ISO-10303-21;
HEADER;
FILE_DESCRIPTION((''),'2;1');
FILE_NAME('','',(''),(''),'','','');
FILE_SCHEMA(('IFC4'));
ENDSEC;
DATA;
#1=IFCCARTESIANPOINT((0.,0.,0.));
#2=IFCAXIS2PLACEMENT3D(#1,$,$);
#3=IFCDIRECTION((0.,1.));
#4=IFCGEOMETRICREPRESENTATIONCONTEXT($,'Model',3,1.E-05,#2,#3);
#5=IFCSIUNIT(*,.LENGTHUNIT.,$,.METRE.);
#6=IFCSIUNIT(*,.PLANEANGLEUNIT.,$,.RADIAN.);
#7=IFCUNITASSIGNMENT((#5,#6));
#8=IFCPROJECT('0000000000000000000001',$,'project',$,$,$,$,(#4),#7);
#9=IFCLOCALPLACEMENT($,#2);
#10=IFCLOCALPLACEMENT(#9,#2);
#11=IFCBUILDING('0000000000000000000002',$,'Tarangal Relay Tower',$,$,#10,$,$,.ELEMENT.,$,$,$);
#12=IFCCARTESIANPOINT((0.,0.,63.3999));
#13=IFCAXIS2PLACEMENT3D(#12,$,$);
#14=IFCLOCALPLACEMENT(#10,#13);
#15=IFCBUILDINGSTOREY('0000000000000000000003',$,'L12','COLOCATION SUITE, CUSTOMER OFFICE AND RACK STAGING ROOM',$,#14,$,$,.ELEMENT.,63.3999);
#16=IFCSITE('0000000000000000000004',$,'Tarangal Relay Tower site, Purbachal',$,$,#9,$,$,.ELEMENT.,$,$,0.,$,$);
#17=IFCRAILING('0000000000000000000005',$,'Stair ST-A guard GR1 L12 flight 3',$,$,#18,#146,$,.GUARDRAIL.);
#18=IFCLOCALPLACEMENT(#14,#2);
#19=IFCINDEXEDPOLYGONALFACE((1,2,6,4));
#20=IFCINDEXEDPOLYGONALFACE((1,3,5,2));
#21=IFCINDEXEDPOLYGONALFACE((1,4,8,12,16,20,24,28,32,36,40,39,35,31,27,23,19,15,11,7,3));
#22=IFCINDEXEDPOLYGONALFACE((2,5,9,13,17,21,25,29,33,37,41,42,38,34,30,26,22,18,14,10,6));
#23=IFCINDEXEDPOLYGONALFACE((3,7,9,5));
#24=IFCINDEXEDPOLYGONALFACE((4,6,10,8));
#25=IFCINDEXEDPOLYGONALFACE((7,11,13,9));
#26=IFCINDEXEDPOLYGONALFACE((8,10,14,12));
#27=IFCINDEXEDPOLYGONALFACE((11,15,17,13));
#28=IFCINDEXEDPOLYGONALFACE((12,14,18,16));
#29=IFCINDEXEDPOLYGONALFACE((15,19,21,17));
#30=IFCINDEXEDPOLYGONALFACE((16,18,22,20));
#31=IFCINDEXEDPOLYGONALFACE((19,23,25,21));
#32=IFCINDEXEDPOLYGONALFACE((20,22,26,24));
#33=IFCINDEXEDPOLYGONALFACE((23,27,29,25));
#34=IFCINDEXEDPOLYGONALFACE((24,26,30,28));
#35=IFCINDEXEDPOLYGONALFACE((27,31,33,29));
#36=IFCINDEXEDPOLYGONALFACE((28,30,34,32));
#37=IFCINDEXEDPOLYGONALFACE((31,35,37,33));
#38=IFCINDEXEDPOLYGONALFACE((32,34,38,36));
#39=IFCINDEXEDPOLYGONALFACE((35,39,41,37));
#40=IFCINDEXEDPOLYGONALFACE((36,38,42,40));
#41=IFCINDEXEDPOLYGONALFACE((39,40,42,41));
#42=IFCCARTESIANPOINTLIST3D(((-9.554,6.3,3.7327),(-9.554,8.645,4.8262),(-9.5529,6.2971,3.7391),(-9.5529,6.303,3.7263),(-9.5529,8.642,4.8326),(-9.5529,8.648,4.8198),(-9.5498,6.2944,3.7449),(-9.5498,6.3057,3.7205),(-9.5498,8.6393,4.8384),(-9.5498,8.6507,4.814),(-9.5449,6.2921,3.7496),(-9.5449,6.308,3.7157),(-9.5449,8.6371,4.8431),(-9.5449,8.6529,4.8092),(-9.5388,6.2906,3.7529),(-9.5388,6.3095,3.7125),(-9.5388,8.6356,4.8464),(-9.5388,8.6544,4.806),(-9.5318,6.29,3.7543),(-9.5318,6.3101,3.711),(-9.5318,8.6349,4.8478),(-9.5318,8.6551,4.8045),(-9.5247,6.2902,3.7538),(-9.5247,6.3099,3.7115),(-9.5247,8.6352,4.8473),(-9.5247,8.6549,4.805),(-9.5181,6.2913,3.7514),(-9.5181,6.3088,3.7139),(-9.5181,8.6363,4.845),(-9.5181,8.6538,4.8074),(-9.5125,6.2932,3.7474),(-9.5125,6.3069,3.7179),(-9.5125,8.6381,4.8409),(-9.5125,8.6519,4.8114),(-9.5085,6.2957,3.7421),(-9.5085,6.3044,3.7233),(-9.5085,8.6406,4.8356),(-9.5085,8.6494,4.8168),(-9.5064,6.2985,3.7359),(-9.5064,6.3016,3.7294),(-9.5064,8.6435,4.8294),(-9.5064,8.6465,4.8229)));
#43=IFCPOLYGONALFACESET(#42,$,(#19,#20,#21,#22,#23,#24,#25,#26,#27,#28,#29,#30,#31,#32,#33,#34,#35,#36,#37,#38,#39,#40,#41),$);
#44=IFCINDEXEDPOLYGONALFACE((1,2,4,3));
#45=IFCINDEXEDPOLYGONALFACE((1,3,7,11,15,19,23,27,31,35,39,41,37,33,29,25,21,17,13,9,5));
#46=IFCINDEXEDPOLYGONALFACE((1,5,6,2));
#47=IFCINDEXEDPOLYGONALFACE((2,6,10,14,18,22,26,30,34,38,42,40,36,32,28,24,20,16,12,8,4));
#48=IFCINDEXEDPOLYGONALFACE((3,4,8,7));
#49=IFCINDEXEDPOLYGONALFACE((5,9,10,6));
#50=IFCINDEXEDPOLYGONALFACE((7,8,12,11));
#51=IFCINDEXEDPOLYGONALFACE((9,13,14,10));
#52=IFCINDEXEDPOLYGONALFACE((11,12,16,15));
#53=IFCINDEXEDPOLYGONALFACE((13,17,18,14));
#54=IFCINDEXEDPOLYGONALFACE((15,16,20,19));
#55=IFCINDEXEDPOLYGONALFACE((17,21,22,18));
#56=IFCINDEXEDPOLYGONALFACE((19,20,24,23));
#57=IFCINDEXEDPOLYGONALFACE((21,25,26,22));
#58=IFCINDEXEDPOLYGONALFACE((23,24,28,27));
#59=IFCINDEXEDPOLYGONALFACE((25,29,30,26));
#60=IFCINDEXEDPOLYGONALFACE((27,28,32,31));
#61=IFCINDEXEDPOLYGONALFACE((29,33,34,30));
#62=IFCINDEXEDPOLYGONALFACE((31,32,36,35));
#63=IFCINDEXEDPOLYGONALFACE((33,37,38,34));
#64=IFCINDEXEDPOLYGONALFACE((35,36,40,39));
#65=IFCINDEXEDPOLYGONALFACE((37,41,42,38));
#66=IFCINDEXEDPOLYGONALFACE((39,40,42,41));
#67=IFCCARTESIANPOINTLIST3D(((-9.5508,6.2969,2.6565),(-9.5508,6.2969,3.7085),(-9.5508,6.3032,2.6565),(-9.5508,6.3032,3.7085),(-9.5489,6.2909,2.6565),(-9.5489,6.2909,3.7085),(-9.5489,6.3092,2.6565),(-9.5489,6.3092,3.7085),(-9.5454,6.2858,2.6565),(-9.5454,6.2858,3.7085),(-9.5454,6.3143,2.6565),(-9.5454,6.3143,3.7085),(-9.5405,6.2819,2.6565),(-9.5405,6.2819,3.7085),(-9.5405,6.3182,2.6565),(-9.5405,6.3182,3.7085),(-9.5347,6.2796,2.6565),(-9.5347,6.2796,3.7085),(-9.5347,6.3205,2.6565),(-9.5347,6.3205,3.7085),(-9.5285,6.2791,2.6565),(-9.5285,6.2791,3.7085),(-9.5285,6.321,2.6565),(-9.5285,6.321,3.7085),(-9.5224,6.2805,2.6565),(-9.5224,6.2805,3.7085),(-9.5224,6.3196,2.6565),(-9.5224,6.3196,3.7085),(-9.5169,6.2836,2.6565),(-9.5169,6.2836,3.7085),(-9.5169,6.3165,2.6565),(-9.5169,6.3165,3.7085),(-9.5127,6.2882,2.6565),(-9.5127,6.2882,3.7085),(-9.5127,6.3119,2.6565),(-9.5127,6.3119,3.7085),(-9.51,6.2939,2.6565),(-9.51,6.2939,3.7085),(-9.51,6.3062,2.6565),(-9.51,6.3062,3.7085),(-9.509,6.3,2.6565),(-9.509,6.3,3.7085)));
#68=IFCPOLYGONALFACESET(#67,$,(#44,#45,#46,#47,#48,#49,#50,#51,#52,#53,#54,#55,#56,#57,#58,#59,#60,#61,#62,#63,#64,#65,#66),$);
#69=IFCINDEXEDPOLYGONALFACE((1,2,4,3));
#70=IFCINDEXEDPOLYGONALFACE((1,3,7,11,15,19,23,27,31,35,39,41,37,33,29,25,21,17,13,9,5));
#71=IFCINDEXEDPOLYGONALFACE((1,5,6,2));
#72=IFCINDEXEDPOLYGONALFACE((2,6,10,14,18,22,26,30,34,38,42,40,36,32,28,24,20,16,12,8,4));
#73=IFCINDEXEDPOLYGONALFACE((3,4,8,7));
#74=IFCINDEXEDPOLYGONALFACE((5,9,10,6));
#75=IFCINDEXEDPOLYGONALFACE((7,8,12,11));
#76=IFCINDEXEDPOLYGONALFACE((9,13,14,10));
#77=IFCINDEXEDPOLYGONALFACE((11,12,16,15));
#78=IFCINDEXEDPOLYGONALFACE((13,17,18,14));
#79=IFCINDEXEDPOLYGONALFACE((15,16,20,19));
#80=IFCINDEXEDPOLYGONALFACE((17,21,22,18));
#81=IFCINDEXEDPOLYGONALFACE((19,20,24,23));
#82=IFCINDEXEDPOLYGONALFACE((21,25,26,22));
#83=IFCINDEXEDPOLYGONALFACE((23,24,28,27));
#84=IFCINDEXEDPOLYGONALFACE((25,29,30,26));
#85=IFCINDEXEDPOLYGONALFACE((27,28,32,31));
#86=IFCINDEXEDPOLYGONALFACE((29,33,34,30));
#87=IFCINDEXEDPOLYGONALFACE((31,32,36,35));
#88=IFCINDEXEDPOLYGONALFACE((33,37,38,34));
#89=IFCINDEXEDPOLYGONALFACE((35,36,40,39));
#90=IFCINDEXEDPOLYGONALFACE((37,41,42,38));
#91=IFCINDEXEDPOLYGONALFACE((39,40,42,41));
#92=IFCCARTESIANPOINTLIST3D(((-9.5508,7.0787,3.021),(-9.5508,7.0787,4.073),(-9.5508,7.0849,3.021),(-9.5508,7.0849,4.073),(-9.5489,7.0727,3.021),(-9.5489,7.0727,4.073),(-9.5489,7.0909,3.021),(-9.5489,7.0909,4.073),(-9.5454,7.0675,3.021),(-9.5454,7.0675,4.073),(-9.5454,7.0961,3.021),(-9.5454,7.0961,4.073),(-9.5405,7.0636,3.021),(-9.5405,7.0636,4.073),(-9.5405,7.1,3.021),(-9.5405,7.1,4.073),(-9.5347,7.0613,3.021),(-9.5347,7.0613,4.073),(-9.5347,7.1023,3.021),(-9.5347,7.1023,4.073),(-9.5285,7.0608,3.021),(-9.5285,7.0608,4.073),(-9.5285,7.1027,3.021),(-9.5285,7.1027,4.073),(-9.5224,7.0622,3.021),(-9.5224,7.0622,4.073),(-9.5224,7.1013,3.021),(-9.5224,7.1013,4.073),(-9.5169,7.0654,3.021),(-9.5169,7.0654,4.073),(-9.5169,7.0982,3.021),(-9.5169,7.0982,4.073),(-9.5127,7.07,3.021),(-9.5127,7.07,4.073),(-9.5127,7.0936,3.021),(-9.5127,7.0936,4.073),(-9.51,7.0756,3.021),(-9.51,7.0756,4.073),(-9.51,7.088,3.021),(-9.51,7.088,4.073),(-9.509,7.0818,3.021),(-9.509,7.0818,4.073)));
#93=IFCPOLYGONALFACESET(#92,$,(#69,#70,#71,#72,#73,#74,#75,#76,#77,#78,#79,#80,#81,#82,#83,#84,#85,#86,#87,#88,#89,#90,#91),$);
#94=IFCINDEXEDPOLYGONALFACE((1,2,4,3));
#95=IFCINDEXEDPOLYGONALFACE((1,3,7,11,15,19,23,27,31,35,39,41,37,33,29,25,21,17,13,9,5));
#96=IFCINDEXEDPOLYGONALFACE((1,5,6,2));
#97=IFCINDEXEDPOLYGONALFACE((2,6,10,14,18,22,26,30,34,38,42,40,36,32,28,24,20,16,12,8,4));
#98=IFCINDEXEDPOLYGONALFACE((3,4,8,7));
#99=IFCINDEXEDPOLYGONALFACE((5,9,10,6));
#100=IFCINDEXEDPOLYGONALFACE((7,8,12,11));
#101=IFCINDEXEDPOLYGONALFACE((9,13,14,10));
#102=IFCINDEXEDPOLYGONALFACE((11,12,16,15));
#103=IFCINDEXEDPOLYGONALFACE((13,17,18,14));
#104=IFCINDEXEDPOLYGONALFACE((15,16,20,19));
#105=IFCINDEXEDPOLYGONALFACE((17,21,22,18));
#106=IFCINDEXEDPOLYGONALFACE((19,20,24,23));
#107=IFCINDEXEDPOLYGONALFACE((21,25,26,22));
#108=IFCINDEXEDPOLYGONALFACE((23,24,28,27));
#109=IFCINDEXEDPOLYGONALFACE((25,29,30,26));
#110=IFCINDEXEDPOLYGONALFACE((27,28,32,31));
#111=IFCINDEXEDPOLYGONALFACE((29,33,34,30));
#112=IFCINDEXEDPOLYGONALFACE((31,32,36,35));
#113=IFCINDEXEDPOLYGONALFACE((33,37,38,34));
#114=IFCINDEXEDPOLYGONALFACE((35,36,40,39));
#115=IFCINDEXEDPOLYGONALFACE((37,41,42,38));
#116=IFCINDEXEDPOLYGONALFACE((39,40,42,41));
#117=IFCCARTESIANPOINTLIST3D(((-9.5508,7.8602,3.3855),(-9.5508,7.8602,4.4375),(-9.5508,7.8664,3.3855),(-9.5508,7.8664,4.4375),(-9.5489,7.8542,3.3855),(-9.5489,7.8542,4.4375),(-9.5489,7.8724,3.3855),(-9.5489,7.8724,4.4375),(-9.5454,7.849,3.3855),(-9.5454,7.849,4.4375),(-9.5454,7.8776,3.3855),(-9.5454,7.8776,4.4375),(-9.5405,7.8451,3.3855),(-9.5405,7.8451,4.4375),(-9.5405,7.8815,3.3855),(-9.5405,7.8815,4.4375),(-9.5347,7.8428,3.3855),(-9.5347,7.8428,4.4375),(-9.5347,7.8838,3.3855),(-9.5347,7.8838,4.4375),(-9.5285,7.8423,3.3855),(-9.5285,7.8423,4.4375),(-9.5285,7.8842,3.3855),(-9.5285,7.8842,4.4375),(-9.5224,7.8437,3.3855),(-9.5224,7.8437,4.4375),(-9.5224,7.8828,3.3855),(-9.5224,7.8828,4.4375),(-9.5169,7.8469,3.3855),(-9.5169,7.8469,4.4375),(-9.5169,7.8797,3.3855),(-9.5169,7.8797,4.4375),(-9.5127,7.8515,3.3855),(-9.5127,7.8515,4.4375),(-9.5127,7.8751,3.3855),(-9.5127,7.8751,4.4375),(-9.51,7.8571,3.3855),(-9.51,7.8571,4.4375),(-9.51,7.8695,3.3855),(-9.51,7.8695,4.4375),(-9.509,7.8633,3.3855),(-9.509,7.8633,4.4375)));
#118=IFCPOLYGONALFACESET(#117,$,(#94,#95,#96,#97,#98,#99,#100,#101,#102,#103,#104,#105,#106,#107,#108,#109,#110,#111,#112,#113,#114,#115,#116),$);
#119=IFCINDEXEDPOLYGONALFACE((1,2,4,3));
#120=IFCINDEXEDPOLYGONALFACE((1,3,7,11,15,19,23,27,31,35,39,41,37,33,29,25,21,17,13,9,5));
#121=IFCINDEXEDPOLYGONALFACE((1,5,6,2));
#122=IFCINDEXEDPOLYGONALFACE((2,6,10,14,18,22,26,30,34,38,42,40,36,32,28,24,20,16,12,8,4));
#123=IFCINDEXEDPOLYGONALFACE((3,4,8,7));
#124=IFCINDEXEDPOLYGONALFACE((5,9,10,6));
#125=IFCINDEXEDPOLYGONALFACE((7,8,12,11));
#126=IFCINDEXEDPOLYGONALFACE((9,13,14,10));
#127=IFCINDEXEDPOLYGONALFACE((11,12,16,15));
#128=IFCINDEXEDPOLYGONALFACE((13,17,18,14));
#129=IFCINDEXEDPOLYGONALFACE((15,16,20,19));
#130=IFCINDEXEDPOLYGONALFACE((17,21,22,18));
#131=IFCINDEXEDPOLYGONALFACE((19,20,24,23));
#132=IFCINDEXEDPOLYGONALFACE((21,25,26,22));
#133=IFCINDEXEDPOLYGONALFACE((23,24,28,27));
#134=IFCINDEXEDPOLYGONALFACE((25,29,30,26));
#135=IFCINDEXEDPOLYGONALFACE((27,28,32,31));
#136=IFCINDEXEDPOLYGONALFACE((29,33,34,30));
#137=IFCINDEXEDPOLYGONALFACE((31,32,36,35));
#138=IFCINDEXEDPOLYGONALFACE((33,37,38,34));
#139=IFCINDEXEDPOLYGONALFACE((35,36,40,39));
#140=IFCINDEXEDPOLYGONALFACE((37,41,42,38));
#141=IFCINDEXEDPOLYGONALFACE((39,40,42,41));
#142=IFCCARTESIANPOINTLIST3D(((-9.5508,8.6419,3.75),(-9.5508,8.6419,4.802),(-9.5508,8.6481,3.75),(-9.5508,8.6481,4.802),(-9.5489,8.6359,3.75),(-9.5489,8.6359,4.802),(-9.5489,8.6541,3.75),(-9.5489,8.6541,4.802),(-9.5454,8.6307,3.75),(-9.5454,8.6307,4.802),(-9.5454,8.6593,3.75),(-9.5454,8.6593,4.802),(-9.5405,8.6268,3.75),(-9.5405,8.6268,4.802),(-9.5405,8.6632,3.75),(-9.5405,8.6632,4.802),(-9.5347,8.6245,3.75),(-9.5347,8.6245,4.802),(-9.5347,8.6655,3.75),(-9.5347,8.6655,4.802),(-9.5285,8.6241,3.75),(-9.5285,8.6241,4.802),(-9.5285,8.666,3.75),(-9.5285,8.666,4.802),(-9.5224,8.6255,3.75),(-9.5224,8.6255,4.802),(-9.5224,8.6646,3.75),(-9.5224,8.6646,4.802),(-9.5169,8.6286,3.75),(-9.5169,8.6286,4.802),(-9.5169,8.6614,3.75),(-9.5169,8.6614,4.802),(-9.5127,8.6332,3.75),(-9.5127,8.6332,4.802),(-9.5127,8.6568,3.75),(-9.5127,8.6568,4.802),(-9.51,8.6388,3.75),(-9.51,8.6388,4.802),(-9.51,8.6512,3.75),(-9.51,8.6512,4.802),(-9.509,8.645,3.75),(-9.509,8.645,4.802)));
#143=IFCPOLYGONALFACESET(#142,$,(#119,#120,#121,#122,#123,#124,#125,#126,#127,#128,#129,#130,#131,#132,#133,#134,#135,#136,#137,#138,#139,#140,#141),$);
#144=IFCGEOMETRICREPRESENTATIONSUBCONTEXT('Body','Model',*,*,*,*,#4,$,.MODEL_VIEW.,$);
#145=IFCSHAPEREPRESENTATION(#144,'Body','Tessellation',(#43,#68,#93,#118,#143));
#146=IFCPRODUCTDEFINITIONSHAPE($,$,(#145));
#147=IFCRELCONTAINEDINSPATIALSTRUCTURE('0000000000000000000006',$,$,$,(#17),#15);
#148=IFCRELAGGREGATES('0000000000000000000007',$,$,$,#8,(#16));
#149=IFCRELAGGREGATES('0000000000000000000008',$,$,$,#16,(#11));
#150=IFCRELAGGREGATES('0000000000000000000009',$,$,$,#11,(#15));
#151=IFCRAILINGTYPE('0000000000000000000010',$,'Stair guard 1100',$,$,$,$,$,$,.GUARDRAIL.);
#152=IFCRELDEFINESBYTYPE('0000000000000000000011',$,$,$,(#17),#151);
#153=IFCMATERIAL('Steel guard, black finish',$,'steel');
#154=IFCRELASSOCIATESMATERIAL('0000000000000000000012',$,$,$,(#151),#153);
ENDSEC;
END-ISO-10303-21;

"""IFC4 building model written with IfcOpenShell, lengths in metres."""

from ifc_helpers import new_model, si_unit, direction, frame, origin, origin_2d, place, context, subcontext, project, spatial, circle, extrude, material, type_object, element, save


model = new_model("IFC4")

# Units and contexts
model_context = context("Model", 3, precision=1e-05, world=origin(), true_north=direction((0.0, 1.0)))
body_context = subcontext(model_context, "Body", "Model", "MODEL_VIEW")
ifc_project = project(units=[si_unit("LENGTHUNIT", "METRE"), si_unit("PLANEANGLEUNIT", "RADIAN")], contexts=[model_context])

# Site, building, storey
site_placement = place(None, origin())
site = spatial("IfcSite", under=ifc_project, at=site_placement, Name="Tarangal Relay Tower site, Purbachal", CompositionType="ELEMENT", RefElevation=0.0)
building_placement = place(site_placement, origin())
building = spatial("IfcBuilding", under=site, at=building_placement, Name="Tarangal Relay Tower", CompositionType="ELEMENT")
storey_placement = place(building_placement, frame((0.0, 0.0, 63.3999)))
storey = spatial("IfcBuildingStorey", under=building, at=storey_placement, Name="L12", Description="COLOCATION SUITE, CUSTOMER OFFICE AND RACK STAGING ROOM", CompositionType="ELEMENT", Elevation=63.3999)

# Railing
ifc_material_1 = material(Name="Steel guard, black finish", Category="steel")
railing_type_1 = type_object("IfcRailingType", Name="Stair guard 1100", PredefinedType="GUARDRAIL", material=ifc_material_1)
railing_1_placement = place(storey_placement, frame((-9.53, 6.3, 2.6565)))
element("IfcRailing", 1, at=railing_1_placement, inside=storey, type_object=railing_type_1, Name="Stair ST-A guard GR1 L12 flight 3", PredefinedType="GUARDRAIL", context=body_context, shape_type="SweptSolid", body=[
    extrude(circle(Radius=0.0239, at=origin_2d()), frame((0.0, 0.0, 1.0762), z_axis=(0.0, 0.906304, 0.422627), x_axis=(-1.0, 0.0, 0.0)), (0.0, 0.0, 1.0), 2.5874),
    extrude(circle(Radius=0.021, at=origin_2d()), origin(), (0.0, 0.0, 1.0), 1.052),
    extrude(circle(Radius=0.021, at=origin_2d()), frame((0.0, 0.7817, 0.3645)), (0.0, 0.0, 1.0), 1.052),
    extrude(circle(Radius=0.021, at=origin_2d()), frame((0.0, 1.5632, 0.729)), (0.0, 0.0, 1.0), 1.052),
    extrude(circle(Radius=0.021, at=origin_2d()), frame((0.0, 2.345, 1.0935)), (0.0, 0.0, 1.0), 1.052),
])

save(model, "model.ifc")
